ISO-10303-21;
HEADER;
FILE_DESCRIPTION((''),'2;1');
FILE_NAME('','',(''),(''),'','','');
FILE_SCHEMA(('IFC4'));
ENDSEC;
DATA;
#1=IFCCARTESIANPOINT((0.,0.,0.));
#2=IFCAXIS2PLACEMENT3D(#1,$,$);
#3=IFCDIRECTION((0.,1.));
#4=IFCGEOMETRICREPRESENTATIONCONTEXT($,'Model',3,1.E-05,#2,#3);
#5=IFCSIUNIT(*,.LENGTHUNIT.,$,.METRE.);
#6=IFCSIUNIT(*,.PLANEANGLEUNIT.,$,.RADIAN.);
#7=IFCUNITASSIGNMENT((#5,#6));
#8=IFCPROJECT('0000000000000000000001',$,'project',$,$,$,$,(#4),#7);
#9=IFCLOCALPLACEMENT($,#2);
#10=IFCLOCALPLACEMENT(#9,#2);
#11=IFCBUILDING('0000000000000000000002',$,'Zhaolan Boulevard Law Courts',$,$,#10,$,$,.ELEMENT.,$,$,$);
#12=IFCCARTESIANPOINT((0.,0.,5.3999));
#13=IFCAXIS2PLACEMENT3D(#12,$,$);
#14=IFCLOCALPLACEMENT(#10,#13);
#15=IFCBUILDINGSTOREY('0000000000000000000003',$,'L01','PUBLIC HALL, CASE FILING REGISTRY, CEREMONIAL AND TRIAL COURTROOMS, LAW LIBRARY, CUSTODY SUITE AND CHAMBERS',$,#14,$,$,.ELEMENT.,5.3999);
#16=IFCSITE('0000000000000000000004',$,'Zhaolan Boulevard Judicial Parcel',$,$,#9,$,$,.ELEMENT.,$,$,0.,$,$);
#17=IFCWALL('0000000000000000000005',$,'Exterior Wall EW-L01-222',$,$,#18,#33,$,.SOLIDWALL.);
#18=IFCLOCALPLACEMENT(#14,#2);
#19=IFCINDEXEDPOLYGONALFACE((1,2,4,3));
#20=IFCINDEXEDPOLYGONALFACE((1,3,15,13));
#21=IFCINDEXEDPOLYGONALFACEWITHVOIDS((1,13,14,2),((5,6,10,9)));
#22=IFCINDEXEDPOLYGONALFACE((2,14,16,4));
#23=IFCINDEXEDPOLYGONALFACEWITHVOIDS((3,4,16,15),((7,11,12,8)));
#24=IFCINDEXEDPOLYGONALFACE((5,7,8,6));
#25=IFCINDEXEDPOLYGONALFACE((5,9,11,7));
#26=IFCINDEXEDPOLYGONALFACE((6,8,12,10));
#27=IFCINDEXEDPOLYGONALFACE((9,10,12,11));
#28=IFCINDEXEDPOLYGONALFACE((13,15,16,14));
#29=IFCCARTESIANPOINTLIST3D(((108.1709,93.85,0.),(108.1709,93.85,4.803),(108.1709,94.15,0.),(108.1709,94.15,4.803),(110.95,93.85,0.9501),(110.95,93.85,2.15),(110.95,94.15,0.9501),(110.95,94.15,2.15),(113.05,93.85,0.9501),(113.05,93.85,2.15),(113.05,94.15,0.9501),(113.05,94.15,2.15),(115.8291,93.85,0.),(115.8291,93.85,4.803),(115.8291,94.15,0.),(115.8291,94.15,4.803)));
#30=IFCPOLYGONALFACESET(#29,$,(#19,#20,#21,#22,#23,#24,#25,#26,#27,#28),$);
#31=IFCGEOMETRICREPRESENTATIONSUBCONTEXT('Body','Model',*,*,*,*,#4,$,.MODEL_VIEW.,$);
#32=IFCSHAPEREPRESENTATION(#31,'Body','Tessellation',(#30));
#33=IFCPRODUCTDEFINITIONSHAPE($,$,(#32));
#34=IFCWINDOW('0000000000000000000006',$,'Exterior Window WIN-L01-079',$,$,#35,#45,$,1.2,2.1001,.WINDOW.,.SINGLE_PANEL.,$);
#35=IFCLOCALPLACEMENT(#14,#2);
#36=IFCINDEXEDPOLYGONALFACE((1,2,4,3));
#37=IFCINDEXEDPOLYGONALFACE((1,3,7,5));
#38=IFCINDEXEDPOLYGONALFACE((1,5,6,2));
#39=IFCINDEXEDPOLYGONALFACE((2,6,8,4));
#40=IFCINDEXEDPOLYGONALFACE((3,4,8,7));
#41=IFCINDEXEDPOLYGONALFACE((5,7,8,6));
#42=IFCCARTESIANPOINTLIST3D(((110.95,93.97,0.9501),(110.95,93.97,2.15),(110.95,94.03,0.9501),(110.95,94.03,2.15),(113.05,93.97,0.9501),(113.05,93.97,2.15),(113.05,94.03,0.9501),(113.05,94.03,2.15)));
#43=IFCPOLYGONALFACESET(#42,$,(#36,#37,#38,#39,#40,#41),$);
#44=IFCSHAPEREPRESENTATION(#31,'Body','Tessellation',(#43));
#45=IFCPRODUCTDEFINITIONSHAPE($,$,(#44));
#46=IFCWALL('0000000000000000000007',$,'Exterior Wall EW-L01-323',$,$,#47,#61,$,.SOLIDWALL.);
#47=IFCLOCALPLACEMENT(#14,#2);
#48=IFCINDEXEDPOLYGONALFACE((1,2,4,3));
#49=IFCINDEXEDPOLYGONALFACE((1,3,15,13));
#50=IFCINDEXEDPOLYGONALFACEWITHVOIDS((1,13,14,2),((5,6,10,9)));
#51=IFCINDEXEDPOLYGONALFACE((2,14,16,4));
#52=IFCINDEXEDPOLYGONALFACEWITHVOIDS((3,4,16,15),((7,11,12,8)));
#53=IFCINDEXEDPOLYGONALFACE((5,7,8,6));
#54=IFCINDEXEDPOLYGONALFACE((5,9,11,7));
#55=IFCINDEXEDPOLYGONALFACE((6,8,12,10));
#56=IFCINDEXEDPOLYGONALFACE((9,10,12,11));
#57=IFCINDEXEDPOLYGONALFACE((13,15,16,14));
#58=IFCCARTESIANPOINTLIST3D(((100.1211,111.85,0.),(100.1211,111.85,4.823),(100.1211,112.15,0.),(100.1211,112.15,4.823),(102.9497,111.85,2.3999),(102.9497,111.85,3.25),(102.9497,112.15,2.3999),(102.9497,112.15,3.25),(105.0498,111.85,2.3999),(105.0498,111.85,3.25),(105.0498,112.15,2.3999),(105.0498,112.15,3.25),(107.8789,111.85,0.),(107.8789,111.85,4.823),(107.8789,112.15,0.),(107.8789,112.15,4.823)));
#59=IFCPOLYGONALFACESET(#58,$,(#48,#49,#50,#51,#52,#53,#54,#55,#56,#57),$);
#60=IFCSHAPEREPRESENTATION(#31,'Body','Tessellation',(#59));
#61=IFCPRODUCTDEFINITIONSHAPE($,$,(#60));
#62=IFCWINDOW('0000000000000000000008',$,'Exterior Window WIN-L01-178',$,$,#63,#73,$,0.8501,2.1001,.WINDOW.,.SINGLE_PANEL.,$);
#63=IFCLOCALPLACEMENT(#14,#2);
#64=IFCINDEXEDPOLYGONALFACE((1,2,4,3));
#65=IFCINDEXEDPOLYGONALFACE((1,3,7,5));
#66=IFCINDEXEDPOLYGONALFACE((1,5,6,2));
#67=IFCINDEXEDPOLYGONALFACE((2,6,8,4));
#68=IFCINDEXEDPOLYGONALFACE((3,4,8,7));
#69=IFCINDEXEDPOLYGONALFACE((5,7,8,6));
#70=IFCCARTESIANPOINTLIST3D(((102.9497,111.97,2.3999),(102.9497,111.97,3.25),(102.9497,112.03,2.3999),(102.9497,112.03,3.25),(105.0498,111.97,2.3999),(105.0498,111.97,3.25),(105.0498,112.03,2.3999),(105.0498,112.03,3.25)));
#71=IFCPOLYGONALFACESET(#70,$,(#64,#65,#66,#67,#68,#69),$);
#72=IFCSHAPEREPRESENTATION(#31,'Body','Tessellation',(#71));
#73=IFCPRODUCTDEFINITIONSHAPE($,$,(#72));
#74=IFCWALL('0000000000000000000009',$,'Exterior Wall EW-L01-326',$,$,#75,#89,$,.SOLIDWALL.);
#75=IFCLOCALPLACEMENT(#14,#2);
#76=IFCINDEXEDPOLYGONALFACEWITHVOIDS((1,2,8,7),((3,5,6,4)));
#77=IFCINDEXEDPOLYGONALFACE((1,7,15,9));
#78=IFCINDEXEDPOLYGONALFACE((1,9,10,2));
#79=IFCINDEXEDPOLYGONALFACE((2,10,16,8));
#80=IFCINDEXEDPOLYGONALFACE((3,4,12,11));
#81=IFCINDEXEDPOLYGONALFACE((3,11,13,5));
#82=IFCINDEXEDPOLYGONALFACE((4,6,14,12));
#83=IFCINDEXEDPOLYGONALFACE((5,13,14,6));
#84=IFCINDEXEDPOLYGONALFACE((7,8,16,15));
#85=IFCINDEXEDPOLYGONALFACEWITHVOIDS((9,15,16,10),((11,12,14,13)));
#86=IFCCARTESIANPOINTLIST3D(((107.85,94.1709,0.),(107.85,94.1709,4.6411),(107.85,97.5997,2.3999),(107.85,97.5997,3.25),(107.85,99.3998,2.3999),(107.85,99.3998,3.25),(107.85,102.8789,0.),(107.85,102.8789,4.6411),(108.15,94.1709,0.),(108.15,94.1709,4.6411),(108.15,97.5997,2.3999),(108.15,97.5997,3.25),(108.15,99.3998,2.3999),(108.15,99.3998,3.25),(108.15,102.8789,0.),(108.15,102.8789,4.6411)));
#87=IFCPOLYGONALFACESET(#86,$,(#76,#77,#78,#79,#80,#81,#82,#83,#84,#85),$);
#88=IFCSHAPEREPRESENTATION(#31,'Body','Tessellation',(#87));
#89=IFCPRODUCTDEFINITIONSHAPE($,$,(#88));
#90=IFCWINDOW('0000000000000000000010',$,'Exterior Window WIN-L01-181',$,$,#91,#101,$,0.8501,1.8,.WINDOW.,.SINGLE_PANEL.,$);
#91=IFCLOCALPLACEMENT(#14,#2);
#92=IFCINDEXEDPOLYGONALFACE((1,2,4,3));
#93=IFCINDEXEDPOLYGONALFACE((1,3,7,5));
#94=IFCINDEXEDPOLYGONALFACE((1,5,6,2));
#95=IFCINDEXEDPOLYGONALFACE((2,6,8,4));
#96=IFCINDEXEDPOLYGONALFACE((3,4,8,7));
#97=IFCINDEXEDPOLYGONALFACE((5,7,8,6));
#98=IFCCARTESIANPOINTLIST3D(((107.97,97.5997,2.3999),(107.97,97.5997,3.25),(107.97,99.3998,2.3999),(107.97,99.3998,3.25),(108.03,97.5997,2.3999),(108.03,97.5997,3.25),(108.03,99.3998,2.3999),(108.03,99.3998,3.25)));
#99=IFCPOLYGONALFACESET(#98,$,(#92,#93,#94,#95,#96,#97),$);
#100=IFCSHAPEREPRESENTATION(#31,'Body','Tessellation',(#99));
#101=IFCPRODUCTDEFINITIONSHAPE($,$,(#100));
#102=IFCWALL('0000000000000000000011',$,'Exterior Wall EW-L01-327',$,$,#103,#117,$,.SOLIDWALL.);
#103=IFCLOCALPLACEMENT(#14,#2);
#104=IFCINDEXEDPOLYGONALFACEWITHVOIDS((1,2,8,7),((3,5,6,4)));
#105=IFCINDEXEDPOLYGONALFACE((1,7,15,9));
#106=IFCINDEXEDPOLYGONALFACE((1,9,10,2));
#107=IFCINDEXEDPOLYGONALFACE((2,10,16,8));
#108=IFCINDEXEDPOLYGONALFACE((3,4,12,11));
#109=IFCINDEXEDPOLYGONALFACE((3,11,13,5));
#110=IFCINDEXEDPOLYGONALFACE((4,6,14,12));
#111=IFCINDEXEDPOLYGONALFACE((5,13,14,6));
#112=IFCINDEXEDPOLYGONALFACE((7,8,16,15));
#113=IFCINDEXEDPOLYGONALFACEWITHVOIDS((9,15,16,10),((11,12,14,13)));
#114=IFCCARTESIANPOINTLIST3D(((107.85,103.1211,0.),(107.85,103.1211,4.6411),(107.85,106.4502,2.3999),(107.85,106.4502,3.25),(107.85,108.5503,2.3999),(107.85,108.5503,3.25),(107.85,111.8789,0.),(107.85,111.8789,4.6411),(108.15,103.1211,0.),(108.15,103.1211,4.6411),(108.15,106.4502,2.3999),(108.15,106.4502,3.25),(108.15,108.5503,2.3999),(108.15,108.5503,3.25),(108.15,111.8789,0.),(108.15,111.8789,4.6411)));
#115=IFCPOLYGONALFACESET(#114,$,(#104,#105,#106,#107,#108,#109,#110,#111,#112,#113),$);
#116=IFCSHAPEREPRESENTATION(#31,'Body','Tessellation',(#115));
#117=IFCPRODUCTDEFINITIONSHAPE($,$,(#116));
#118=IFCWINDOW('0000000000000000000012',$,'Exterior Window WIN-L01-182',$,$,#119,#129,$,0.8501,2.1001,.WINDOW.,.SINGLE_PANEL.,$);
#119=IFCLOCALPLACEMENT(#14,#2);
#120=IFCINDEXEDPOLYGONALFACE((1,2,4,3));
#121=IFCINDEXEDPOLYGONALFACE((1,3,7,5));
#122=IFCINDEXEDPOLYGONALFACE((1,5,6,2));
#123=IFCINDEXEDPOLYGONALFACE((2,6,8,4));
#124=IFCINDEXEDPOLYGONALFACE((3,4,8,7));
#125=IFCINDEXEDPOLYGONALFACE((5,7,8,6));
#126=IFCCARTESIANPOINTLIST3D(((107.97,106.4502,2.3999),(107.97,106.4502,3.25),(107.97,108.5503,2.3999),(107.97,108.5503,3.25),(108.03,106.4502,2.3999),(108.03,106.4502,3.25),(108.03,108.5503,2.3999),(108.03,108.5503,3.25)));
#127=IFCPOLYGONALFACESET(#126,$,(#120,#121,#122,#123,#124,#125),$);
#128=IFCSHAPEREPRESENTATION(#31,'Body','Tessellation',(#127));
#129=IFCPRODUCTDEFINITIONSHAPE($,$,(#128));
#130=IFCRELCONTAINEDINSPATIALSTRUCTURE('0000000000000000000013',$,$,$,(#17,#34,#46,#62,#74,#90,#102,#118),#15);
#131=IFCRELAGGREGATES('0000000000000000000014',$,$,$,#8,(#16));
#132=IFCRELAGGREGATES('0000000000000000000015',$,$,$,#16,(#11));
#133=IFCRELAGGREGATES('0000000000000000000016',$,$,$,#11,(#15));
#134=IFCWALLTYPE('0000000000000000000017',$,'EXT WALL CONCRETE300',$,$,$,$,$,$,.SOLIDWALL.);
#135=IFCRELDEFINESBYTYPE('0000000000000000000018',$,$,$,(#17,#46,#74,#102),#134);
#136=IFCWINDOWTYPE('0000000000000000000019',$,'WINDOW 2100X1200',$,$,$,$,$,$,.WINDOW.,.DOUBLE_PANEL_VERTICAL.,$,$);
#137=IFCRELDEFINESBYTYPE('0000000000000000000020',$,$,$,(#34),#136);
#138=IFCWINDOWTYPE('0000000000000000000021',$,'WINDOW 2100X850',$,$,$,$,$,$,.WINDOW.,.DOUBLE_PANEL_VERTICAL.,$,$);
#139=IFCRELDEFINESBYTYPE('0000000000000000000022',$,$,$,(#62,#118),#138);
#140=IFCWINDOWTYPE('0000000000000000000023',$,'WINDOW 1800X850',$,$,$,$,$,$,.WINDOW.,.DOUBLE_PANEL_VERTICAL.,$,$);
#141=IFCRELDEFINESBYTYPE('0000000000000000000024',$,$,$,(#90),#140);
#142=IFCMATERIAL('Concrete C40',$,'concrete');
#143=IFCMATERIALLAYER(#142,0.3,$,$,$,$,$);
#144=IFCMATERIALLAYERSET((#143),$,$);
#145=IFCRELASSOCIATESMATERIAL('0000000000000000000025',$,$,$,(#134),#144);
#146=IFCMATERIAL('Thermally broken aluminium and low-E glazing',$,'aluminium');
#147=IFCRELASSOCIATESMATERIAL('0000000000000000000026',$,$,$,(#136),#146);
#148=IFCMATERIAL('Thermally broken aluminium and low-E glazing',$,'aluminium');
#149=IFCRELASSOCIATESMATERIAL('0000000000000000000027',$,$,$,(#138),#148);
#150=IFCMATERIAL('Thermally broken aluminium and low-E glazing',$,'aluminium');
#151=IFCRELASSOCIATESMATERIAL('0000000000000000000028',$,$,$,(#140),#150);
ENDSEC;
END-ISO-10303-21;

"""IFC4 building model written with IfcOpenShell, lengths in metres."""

from ifc_helpers import new_model, si_unit, direction, frame, frame_2d, origin, place, context, subcontext, project, spatial, rectangle, extrude, material, layer, layer_set, type_object, element, fill, save


model = new_model("IFC4")

# Units and contexts
model_context = context("Model", 3, precision=1e-05, world=origin(), true_north=direction((0.0, 1.0)))
body_context = subcontext(model_context, "Body", "Model", "MODEL_VIEW")
ifc_project = project(units=[si_unit("LENGTHUNIT", "METRE"), si_unit("PLANEANGLEUNIT", "RADIAN")], contexts=[model_context])

# Site, building, storey
site_placement = place(None, origin())
site = spatial("IfcSite", under=ifc_project, at=site_placement, Name="Zhaolan Boulevard Judicial Parcel", CompositionType="ELEMENT", RefElevation=0.0)
building_placement = place(site_placement, origin())
building = spatial("IfcBuilding", under=site, at=building_placement, Name="Zhaolan Boulevard Law Courts", CompositionType="ELEMENT")
storey_placement = place(building_placement, frame((0.0, 0.0, 5.3999)))
storey = spatial("IfcBuildingStorey", under=building, at=storey_placement, Name="L01", Description="PUBLIC HALL, CASE FILING REGISTRY, CEREMONIAL AND TRIAL COURTROOMS, LAW LIBRARY, CUSTODY SUITE AND CHAMBERS", CompositionType="ELEMENT", Elevation=5.3999)

# Walls, openings, windows
ifc_material_1 = material(Name="Concrete C40", Category="concrete")
ifc_layer_1 = layer(ifc_material_1, 0.3)
ifc_layer_set_1 = layer_set([ifc_layer_1])
wall_type_1 = type_object("IfcWallType", Name="EXT WALL CONCRETE300", PredefinedType="SOLIDWALL", material=ifc_layer_set_1)
wall_1_placement = place(storey_placement, frame((115.8291, 94.0, 0.0), z_axis=(0.0, 0.0, 1.0), x_axis=(-1.0, 0.0, 0.0)))
wall_1 = element("IfcWall", 1, at=wall_1_placement, inside=storey, type_object=wall_type_1, Name="Exterior Wall EW-L01-222", PredefinedType="SOLIDWALL", context=body_context, shape_type="SweptSolid", body=[
    extrude(rectangle(XDim=7.6582, YDim=0.3, at=frame_2d((3.8291, 0.0))), origin(), (0.0, 0.0, 1.0), 4.803),
])
opening_1_placement = place(wall_1_placement, frame((2.7791, 0.0, 0.95)))
opening_1 = element("IfcOpeningElement", 2, at=opening_1_placement, cuts=wall_1, PredefinedType="OPENING", context=body_context, shape_type="SweptSolid", body=[
    extrude(rectangle(XDim=2.1001, YDim=1.2, at=frame_2d((1.05, 0.6001))), frame((0.0, 0.1599, 0.0), z_axis=(0.0, -1.0, 0.0), x_axis=(1.0, 0.0, 0.0)), (0.0, 0.0, 1.0), 0.3201),
])
ifc_material_2 = material(Name="Thermally broken aluminium and low-E glazing", Category="aluminium")
window_type_1 = type_object("IfcWindowType", Name="WINDOW 2100X1200", PartitioningType="DOUBLE_PANEL_VERTICAL", PredefinedType="WINDOW", material=ifc_material_2)
window_1_placement = place(opening_1_placement, origin())
window_1 = element("IfcWindow", 3, at=window_1_placement, inside=storey, type_object=window_type_1, Name="Exterior Window WIN-L01-079", OverallHeight=1.2, OverallWidth=2.1001, PartitioningType="SINGLE_PANEL", PredefinedType="WINDOW", context=body_context, shape_type="SweptSolid", body=[
    extrude(rectangle(XDim=2.1001, YDim=1.2, at=frame_2d((1.05, 0.6001))), frame((0.0, 0.03, 0.0), z_axis=(0.0, -1.0, 0.0), x_axis=(1.0, 0.0, 0.0)), (0.0, 0.0, 1.0), 0.0601),
])
fill(opening_1, window_1)
wall_2_placement = place(storey_placement, frame((107.8789, 112.0, 0.0), z_axis=(0.0, 0.0, 1.0), x_axis=(-1.0, 0.0, 0.0)))
wall_2 = element("IfcWall", 4, at=wall_2_placement, inside=storey, type_object=wall_type_1, Name="Exterior Wall EW-L01-323", PredefinedType="SOLIDWALL", context=body_context, shape_type="SweptSolid", body=[
    extrude(rectangle(XDim=7.7578, YDim=0.3, at=frame_2d((3.8789, 0.0))), origin(), (0.0, 0.0, 1.0), 4.823),
])
opening_2_placement = place(wall_2_placement, frame((2.8291, 0.0, 2.3999)))
opening_2 = element("IfcOpeningElement", 5, at=opening_2_placement, cuts=wall_2, PredefinedType="OPENING", context=body_context, shape_type="SweptSolid", body=[
    extrude(rectangle(XDim=2.1001, YDim=0.8501, at=frame_2d((1.05, 0.425))), frame((0.0, 0.1599, 0.0), z_axis=(0.0, -1.0, 0.0), x_axis=(1.0, 0.0, 0.0)), (0.0, 0.0, 1.0), 0.3201),
])
ifc_material_3 = material(Name="Thermally broken aluminium and low-E glazing", Category="aluminium")
window_type_2 = type_object("IfcWindowType", Name="WINDOW 2100X850", PartitioningType="DOUBLE_PANEL_VERTICAL", PredefinedType="WINDOW", material=ifc_material_3)
window_2_placement = place(opening_2_placement, origin())
window_2 = element("IfcWindow", 6, at=window_2_placement, inside=storey, type_object=window_type_2, Name="Exterior Window WIN-L01-178", OverallHeight=0.8501, OverallWidth=2.1001, PartitioningType="SINGLE_PANEL", PredefinedType="WINDOW", context=body_context, shape_type="SweptSolid", body=[
    extrude(rectangle(XDim=2.1001, YDim=0.8501, at=frame_2d((1.05, 0.425))), frame((0.0, 0.03, 0.0), z_axis=(0.0, -1.0, 0.0), x_axis=(1.0, 0.0, 0.0)), (0.0, 0.0, 1.0), 0.0601),
])
fill(opening_2, window_2)
wall_3_placement = place(storey_placement, frame((108.0, 94.1709, 0.0), z_axis=(0.0, 0.0, 1.0), x_axis=(0.0, 1.0, 0.0)))
wall_3 = element("IfcWall", 7, at=wall_3_placement, inside=storey, type_object=wall_type_1, Name="Exterior Wall EW-L01-326", PredefinedType="SOLIDWALL", context=body_context, shape_type="SweptSolid", body=[
    extrude(rectangle(XDim=8.708, YDim=0.3, at=frame_2d((4.354, 0.0))), origin(), (0.0, 0.0, 1.0), 4.6411),
])
opening_3_placement = place(wall_3_placement, frame((3.429, 0.0, 2.3999)))
opening_3 = element("IfcOpeningElement", 8, at=opening_3_placement, cuts=wall_3, PredefinedType="OPENING", context=body_context, shape_type="SweptSolid", body=[
    extrude(rectangle(XDim=1.8, YDim=0.8501, at=frame_2d((0.8999, 0.425))), frame((0.0, 0.1599, 0.0), z_axis=(0.0, -1.0, 0.0), x_axis=(1.0, 0.0, 0.0)), (0.0, 0.0, 1.0), 0.3201),
])
ifc_material_4 = material(Name="Thermally broken aluminium and low-E glazing", Category="aluminium")
window_type_3 = type_object("IfcWindowType", Name="WINDOW 1800X850", PartitioningType="DOUBLE_PANEL_VERTICAL", PredefinedType="WINDOW", material=ifc_material_4)
window_3_placement = place(opening_3_placement, origin())
window_3 = element("IfcWindow", 9, at=window_3_placement, inside=storey, type_object=window_type_3, Name="Exterior Window WIN-L01-181", OverallHeight=0.8501, OverallWidth=1.8, PartitioningType="SINGLE_PANEL", PredefinedType="WINDOW", context=body_context, shape_type="SweptSolid", body=[
    extrude(rectangle(XDim=1.8, YDim=0.8501, at=frame_2d((0.8999, 0.425))), frame((0.0, 0.03, 0.0), z_axis=(0.0, -1.0, 0.0), x_axis=(1.0, 0.0, 0.0)), (0.0, 0.0, 1.0), 0.0601),
])
fill(opening_3, window_3)
wall_4_placement = place(storey_placement, frame((108.0, 103.1211, 0.0), z_axis=(0.0, 0.0, 1.0), x_axis=(0.0, 1.0, 0.0)))
wall_4 = element("IfcWall", 10, at=wall_4_placement, inside=storey, type_object=wall_type_1, Name="Exterior Wall EW-L01-327", PredefinedType="SOLIDWALL", context=body_context, shape_type="SweptSolid", body=[
    extrude(rectangle(XDim=8.7578, YDim=0.3, at=frame_2d((4.3789, 0.0))), origin(), (0.0, 0.0, 1.0), 4.6411),
])
opening_4_placement = place(wall_4_placement, frame((3.3291, 0.0, 2.3999)))
opening_4 = element("IfcOpeningElement", 11, at=opening_4_placement, cuts=wall_4, PredefinedType="OPENING", context=body_context, shape_type="SweptSolid", body=[
    extrude(rectangle(XDim=2.1001, YDim=0.8501, at=frame_2d((1.05, 0.425))), frame((0.0, 0.1599, 0.0), z_axis=(0.0, -1.0, 0.0), x_axis=(1.0, 0.0, 0.0)), (0.0, 0.0, 1.0), 0.3201),
])
window_4_placement = place(opening_4_placement, origin())
window_4 = element("IfcWindow", 12, at=window_4_placement, inside=storey, type_object=window_type_2, Name="Exterior Window WIN-L01-182", OverallHeight=0.8501, OverallWidth=2.1001, PartitioningType="SINGLE_PANEL", PredefinedType="WINDOW", context=body_context, shape_type="SweptSolid", body=[
    extrude(rectangle(XDim=2.1001, YDim=0.8501, at=frame_2d((1.05, 0.425))), frame((0.0, 0.03, 0.0), z_axis=(0.0, -1.0, 0.0), x_axis=(1.0, 0.0, 0.0)), (0.0, 0.0, 1.0), 0.0601),
])
fill(opening_4, window_4)

save(model, "model.ifc")
